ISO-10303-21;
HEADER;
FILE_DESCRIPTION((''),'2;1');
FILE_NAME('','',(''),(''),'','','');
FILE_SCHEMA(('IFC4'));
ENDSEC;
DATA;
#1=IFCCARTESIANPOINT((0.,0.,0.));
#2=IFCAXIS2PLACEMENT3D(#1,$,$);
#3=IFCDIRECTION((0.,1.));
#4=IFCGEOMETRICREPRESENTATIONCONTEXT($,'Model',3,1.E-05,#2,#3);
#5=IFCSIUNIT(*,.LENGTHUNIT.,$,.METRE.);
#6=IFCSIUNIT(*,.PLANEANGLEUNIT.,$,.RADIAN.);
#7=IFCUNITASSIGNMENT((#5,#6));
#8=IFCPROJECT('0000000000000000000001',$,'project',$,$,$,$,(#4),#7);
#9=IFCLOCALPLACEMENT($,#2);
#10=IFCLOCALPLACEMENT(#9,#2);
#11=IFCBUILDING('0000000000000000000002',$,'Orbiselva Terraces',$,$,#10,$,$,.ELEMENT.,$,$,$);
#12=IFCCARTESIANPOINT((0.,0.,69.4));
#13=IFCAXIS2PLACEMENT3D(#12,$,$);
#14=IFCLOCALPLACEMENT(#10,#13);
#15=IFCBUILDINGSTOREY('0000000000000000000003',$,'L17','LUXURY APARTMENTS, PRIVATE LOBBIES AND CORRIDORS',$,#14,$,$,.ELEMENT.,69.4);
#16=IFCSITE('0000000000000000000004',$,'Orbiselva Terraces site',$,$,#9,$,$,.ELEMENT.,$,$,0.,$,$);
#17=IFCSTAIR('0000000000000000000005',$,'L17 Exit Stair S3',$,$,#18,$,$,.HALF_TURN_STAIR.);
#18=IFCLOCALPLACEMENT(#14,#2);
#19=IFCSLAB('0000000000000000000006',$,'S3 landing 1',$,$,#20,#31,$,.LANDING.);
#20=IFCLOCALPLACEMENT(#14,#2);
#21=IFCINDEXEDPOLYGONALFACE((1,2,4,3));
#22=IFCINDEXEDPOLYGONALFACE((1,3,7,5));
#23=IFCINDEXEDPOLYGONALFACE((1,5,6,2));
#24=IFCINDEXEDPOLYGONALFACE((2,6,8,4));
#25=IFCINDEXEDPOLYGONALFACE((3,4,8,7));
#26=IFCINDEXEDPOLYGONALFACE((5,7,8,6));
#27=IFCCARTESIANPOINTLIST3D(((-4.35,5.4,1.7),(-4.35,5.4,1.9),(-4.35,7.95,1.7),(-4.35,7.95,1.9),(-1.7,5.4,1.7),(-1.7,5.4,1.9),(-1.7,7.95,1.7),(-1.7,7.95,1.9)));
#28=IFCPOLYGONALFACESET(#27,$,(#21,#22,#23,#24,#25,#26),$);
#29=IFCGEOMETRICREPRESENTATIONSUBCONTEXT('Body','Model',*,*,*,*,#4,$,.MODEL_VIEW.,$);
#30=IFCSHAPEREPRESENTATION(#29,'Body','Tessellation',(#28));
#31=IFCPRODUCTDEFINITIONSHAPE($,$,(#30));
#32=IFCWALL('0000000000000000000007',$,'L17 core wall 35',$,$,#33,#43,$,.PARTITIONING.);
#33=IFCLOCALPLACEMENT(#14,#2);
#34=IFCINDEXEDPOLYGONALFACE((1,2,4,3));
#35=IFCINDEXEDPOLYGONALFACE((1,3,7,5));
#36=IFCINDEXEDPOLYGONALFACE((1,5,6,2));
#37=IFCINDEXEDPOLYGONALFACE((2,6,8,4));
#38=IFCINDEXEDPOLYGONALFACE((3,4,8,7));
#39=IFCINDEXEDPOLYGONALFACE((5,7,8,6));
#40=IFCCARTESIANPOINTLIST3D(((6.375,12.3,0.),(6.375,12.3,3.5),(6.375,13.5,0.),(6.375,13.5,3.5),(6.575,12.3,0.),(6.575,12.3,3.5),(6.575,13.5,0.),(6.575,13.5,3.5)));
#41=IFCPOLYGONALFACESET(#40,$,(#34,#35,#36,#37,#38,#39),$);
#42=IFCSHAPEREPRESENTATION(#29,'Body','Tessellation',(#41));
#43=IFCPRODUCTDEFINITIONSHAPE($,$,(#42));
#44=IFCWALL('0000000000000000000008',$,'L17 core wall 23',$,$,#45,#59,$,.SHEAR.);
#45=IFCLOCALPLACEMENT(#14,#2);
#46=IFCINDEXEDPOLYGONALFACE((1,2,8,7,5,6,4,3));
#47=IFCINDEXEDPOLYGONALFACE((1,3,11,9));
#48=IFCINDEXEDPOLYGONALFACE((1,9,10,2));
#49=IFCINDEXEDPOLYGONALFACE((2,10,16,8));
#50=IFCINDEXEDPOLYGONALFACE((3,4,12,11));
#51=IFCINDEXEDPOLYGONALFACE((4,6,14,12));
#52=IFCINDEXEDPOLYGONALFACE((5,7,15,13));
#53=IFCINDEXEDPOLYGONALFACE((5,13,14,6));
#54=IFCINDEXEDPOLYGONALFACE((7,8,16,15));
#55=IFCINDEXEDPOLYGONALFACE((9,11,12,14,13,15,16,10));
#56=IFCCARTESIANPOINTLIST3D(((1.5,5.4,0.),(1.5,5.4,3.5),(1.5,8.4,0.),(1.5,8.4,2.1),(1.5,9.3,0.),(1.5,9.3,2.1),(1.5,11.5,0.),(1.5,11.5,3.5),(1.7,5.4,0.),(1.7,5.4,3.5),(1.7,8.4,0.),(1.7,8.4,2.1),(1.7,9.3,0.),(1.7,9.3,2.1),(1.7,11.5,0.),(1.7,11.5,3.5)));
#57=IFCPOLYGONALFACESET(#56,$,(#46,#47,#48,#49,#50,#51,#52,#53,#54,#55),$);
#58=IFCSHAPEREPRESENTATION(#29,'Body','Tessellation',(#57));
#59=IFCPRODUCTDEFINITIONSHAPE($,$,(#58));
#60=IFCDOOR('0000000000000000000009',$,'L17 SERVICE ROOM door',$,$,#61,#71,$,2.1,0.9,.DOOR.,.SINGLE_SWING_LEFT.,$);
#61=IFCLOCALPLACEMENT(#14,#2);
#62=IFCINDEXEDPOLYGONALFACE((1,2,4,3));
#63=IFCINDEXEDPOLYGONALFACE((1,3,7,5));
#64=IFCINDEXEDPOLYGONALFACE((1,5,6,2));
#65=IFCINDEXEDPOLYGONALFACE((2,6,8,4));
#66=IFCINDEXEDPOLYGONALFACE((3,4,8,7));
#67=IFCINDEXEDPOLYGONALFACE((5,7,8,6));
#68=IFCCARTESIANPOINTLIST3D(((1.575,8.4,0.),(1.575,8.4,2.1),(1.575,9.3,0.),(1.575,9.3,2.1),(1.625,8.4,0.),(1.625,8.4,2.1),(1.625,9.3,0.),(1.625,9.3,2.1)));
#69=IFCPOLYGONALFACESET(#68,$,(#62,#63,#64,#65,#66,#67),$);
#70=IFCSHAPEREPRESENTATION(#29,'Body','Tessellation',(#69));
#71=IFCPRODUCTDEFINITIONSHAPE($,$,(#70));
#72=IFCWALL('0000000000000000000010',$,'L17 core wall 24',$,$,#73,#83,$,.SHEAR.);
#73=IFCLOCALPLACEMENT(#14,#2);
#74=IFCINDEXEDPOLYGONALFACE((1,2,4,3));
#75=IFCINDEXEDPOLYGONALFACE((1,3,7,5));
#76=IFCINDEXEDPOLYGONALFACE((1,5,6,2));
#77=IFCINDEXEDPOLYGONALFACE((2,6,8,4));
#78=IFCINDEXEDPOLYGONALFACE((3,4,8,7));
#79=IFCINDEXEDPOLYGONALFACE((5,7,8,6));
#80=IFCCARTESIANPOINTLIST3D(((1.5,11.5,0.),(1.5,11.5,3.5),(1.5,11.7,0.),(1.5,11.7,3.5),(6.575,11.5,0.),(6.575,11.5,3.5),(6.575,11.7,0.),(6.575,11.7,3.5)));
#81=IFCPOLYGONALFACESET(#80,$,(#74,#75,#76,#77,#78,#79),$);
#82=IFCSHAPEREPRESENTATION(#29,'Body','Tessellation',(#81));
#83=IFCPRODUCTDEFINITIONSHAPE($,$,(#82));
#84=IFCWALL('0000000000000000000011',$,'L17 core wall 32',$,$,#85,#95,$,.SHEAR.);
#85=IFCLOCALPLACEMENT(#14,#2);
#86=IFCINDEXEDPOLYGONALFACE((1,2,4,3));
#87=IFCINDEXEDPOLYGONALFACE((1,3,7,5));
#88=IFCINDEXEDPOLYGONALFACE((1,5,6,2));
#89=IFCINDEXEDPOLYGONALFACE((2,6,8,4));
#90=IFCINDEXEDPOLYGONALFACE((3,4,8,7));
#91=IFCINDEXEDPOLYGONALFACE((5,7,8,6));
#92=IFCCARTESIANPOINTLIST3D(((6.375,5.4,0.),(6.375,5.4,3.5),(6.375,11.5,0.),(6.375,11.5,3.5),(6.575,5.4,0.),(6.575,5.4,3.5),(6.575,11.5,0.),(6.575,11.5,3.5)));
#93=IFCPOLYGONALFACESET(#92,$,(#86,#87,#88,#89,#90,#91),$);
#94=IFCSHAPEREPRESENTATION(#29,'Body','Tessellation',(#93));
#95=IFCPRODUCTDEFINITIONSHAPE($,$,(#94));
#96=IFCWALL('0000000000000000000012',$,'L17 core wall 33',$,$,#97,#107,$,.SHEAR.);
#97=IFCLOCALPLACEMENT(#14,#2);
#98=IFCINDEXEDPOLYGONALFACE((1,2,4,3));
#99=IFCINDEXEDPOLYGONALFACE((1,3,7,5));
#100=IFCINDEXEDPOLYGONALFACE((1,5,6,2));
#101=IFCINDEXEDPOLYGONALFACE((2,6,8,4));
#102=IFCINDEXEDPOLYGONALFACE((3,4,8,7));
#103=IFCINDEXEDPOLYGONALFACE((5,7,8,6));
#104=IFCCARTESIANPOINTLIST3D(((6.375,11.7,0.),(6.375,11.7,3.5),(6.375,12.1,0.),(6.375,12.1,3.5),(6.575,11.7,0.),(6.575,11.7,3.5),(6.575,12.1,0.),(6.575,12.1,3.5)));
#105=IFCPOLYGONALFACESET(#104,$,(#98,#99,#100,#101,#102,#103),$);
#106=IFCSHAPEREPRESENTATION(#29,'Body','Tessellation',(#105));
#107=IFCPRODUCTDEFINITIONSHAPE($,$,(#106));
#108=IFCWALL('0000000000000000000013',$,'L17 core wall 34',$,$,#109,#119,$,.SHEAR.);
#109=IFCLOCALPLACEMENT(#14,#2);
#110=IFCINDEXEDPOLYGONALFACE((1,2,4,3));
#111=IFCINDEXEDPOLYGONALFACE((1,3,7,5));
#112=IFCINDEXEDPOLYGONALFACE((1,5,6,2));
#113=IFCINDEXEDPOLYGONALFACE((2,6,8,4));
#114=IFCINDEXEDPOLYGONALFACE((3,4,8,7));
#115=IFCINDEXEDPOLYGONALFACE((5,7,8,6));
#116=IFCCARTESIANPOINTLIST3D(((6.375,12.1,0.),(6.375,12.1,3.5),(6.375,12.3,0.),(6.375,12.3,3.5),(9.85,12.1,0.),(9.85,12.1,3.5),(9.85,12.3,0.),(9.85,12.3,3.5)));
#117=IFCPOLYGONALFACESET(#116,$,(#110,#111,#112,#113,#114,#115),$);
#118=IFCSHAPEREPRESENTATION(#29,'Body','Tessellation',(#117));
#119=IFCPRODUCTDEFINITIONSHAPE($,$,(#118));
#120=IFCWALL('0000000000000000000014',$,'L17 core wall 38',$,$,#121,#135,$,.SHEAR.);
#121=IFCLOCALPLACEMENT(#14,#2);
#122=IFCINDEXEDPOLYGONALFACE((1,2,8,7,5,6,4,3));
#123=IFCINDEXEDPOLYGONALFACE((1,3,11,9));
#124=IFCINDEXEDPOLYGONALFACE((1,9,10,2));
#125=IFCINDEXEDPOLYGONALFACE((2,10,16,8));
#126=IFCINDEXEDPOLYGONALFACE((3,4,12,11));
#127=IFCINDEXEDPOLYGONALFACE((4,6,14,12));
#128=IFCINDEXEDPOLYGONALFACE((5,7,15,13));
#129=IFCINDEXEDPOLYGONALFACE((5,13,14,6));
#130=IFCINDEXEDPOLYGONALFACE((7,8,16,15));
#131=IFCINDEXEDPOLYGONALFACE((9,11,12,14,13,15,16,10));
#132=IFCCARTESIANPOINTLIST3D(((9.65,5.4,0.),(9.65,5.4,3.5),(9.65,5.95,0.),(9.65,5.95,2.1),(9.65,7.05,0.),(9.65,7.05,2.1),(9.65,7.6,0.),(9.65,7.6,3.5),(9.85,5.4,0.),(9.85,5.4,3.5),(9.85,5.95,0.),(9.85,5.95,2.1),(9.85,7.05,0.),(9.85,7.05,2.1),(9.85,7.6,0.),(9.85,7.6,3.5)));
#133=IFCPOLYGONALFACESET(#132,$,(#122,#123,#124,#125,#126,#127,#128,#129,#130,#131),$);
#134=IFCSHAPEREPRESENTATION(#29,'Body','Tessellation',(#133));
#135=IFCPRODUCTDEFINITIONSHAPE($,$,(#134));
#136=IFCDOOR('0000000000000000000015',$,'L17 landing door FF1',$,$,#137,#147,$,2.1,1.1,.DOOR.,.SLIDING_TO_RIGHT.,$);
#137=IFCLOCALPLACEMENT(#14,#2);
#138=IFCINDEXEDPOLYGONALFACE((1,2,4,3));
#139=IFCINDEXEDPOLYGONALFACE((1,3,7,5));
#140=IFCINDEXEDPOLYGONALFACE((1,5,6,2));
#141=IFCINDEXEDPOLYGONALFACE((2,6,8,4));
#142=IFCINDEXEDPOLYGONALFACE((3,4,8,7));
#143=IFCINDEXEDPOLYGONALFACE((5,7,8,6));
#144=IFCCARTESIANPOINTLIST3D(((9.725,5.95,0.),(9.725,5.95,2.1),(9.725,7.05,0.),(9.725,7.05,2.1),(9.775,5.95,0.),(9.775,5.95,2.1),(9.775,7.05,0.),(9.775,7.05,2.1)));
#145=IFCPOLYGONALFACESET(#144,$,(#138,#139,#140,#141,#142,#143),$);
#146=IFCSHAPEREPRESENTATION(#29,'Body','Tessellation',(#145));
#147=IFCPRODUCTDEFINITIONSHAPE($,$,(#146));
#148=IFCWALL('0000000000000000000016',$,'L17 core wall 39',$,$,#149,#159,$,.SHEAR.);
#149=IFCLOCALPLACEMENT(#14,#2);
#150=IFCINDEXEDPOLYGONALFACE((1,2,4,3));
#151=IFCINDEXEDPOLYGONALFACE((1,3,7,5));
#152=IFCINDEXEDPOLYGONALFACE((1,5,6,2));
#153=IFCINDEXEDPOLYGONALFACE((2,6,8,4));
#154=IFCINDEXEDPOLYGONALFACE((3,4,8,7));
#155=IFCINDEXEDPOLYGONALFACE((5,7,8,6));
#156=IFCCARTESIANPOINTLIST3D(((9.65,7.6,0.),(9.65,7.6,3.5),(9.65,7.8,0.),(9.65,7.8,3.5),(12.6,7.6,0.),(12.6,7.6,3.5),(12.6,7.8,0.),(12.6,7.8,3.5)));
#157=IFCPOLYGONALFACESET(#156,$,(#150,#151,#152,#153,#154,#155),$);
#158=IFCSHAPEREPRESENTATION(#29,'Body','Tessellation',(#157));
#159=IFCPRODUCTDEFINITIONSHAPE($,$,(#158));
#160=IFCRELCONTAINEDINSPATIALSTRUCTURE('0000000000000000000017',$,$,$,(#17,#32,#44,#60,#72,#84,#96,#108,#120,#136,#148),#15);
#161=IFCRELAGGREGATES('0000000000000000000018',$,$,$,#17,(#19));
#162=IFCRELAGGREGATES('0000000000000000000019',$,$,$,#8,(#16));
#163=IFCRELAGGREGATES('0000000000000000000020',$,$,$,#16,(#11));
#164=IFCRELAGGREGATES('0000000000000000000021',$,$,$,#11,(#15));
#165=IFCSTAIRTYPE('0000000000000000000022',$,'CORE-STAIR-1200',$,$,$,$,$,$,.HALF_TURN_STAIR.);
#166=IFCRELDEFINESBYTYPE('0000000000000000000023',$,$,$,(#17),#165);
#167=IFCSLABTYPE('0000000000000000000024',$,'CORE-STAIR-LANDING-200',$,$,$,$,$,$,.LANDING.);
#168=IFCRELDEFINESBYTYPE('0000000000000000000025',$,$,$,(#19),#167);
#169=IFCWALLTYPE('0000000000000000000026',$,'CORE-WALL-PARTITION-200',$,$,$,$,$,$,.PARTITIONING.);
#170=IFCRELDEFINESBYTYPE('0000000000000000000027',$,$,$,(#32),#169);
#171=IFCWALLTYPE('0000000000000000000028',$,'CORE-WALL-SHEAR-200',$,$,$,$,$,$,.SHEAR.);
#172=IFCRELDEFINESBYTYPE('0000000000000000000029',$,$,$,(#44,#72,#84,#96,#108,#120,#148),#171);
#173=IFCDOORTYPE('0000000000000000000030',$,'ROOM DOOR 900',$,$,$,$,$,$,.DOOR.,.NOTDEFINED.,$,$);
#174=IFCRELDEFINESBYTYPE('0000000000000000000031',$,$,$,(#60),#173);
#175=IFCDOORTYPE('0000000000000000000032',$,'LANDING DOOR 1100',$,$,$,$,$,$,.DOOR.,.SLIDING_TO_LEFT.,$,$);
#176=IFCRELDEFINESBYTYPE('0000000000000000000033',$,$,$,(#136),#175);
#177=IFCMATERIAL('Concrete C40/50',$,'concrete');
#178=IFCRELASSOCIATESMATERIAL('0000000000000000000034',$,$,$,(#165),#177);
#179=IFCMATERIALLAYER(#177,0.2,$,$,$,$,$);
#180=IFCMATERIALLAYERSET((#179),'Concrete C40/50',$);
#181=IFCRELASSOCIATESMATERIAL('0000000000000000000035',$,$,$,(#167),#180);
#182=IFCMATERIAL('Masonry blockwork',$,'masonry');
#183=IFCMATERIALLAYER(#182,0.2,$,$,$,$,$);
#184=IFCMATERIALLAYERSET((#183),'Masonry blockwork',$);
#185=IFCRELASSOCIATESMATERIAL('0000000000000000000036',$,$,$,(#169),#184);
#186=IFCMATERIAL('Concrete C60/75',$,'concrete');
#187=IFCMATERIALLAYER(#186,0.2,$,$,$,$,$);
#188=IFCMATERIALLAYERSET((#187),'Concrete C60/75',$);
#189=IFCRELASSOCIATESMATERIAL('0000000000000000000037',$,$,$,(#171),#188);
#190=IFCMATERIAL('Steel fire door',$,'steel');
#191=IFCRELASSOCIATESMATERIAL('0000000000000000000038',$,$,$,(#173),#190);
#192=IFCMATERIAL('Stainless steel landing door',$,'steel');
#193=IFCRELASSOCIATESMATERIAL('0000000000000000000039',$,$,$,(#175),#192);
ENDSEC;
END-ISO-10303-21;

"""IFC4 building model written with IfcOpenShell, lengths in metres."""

from ifc_helpers import new_model, si_unit, direction, frame, frame_2d, origin, place, context, subcontext, project, spatial, polyline, rectangle, outline, extrude, material, layer, layer_set, type_object, element, fill, aggregate, save


model = new_model("IFC4")

# Units and contexts
model_context = context("Model", 3, precision=1e-05, world=origin(), true_north=direction((0.0, 1.0)))
body_context = subcontext(model_context, "Body", "Model", "MODEL_VIEW")
ifc_project = project(units=[si_unit("LENGTHUNIT", "METRE"), si_unit("PLANEANGLEUNIT", "RADIAN")], contexts=[model_context])

# Site, building, storey
site_placement = place(None, origin())
site = spatial("IfcSite", under=ifc_project, at=site_placement, Name="Orbiselva Terraces site", CompositionType="ELEMENT", RefElevation=0.0)
building_placement = place(site_placement, origin())
building = spatial("IfcBuilding", under=site, at=building_placement, Name="Orbiselva Terraces", CompositionType="ELEMENT")
storey_placement = place(building_placement, frame((0.0, 0.0, 69.4)))
storey = spatial("IfcBuildingStorey", under=building, at=storey_placement, Name="L17", Description="LUXURY APARTMENTS, PRIVATE LOBBIES AND CORRIDORS", CompositionType="ELEMENT", Elevation=69.4)

# Stair, slab
ifc_material_1 = material(Name="Concrete C40/50", Category="concrete")
stair_type = type_object("IfcStairType", Name="CORE-STAIR-1200", PredefinedType="HALF_TURN_STAIR", material=ifc_material_1)
stair_placement = place(storey_placement, origin())
stair = element("IfcStair", 1, at=stair_placement, inside=storey, type_object=stair_type, Name="L17 Exit Stair S3", PredefinedType="HALF_TURN_STAIR")
ifc_layer_1 = layer(ifc_material_1, 0.2)
ifc_layer_set_1 = layer_set([ifc_layer_1], Name="Concrete C40/50")
slab_type = type_object("IfcSlabType", Name="CORE-STAIR-LANDING-200", PredefinedType="LANDING", material=ifc_layer_set_1)
slab_placement = place(storey_placement, frame((0.0, 0.0, 1.7)))
slab = element("IfcSlab", 2, at=slab_placement, type_object=slab_type, Name="S3 landing 1", PredefinedType="LANDING", context=body_context, shape_type="SweptSolid", body=[
    extrude(outline(polyline([(-4.35, 5.4), (-1.7, 5.4), (-1.7, 7.95), (-4.35, 7.95), (-4.35, 5.4)])), origin(), (0.0, 0.0, 1.0), 0.2),
])
aggregate(stair, [slab])

# Wall
ifc_material_2 = material(Name="Masonry blockwork", Category="masonry")
ifc_layer_2 = layer(ifc_material_2, 0.2)
ifc_layer_set_2 = layer_set([ifc_layer_2], Name="Masonry blockwork")
wall_type_1 = type_object("IfcWallType", Name="CORE-WALL-PARTITION-200", PredefinedType="PARTITIONING", material=ifc_layer_set_2)
wall_1_placement = place(storey_placement, frame((6.475, 12.3, 0.0), z_axis=(0.0, 0.0, 1.0), x_axis=(0.0, 1.0, 0.0)))
element("IfcWall", 3, at=wall_1_placement, inside=storey, type_object=wall_type_1, Name="L17 core wall 35", PredefinedType="PARTITIONING", context=body_context, shape_type="SweptSolid", body=[
    extrude(rectangle(XDim=1.2, YDim=0.2, at=frame_2d((0.6, 0.0))), origin(), (0.0, 0.0, 1.0), 3.5),
])

# Wall, opening, door
ifc_material_3 = material(Name="Concrete C60/75", Category="concrete")
ifc_layer_3 = layer(ifc_material_3, 0.2)
ifc_layer_set_3 = layer_set([ifc_layer_3], Name="Concrete C60/75")
wall_type_2 = type_object("IfcWallType", Name="CORE-WALL-SHEAR-200", PredefinedType="SHEAR", material=ifc_layer_set_3)
wall_2_placement = place(storey_placement, frame((1.6, 11.5, 0.0), z_axis=(0.0, 0.0, 1.0), x_axis=(0.0, -1.0, 0.0)))
wall_2 = element("IfcWall", 4, at=wall_2_placement, inside=storey, type_object=wall_type_2, Name="L17 core wall 23", PredefinedType="SHEAR", context=body_context, shape_type="SweptSolid", body=[
    extrude(rectangle(XDim=6.1, YDim=0.2, at=frame_2d((3.05, 0.0))), origin(), (0.0, 0.0, 1.0), 3.5),
])
opening_1_placement = place(wall_2_placement, frame((2.2, 0.0, 0.0)))
opening_1 = element("IfcOpeningElement", 5, at=opening_1_placement, cuts=wall_2, PredefinedType="OPENING", context=body_context, shape_type="SweptSolid", body=[
    extrude(rectangle(XDim=0.9, YDim=2.1, at=frame_2d((0.45, 1.05))), frame((0.0, 0.11, 0.0), z_axis=(0.0, -1.0, 0.0), x_axis=(1.0, 0.0, 0.0)), (0.0, 0.0, 1.0), 0.22),
])
ifc_material_4 = material(Name="Steel fire door", Category="steel")
door_type_1 = type_object("IfcDoorType", Name="ROOM DOOR 900", OperationType="NOTDEFINED", PredefinedType="DOOR", material=ifc_material_4)
door_1_placement = place(opening_1_placement, origin())
door_1 = element("IfcDoor", 6, at=door_1_placement, inside=storey, type_object=door_type_1, Name="L17 SERVICE ROOM door", OperationType="SINGLE_SWING_LEFT", OverallHeight=2.1, OverallWidth=0.9, PredefinedType="DOOR", context=body_context, shape_type="SweptSolid", body=[
    extrude(rectangle(XDim=0.9, YDim=2.1, at=frame_2d((0.45, 1.05))), frame((0.0, 0.025, 0.0), z_axis=(0.0, -1.0, 0.0), x_axis=(1.0, 0.0, 0.0)), (0.0, 0.0, 1.0), 0.05),
])
fill(opening_1, door_1)

# Walls
wall_3_placement = place(storey_placement, frame((1.5, 11.6, 0.0), z_axis=(0.0, 0.0, 1.0), x_axis=(1.0, 0.0, 0.0)))
element("IfcWall", 7, at=wall_3_placement, inside=storey, type_object=wall_type_2, Name="L17 core wall 24", PredefinedType="SHEAR", context=body_context, shape_type="SweptSolid", body=[
    extrude(rectangle(XDim=5.075, YDim=0.2, at=frame_2d((2.5375, 0.0))), origin(), (0.0, 0.0, 1.0), 3.5),
])
wall_4_placement = place(storey_placement, frame((6.475, 5.4, 0.0), z_axis=(0.0, 0.0, 1.0), x_axis=(0.0, 1.0, 0.0)))
element("IfcWall", 8, at=wall_4_placement, inside=storey, type_object=wall_type_2, Name="L17 core wall 32", PredefinedType="SHEAR", context=body_context, shape_type="SweptSolid", body=[
    extrude(rectangle(XDim=6.1, YDim=0.2, at=frame_2d((3.05, 0.0))), origin(), (0.0, 0.0, 1.0), 3.5),
])
wall_5_placement = place(storey_placement, frame((6.475, 11.7, 0.0), z_axis=(0.0, 0.0, 1.0), x_axis=(0.0, 1.0, 0.0)))
element("IfcWall", 9, at=wall_5_placement, inside=storey, type_object=wall_type_2, Name="L17 core wall 33", PredefinedType="SHEAR", context=body_context, shape_type="SweptSolid", body=[
    extrude(rectangle(XDim=0.4, YDim=0.2, at=frame_2d((0.2, 0.0))), origin(), (0.0, 0.0, 1.0), 3.5),
])
wall_6_placement = place(storey_placement, frame((6.375, 12.2, 0.0), z_axis=(0.0, 0.0, 1.0), x_axis=(1.0, 0.0, 0.0)))
element("IfcWall", 10, at=wall_6_placement, inside=storey, type_object=wall_type_2, Name="L17 core wall 34", PredefinedType="SHEAR", context=body_context, shape_type="SweptSolid", body=[
    extrude(rectangle(XDim=3.475, YDim=0.2, at=frame_2d((1.7375, 0.0))), origin(), (0.0, 0.0, 1.0), 3.5),
])

# Wall, opening, door
wall_7_placement = place(storey_placement, frame((9.75, 5.4, 0.0), z_axis=(0.0, 0.0, 1.0), x_axis=(0.0, 1.0, 0.0)))
wall_7 = element("IfcWall", 11, at=wall_7_placement, inside=storey, type_object=wall_type_2, Name="L17 core wall 38", PredefinedType="SHEAR", context=body_context, shape_type="SweptSolid", body=[
    extrude(rectangle(XDim=2.2, YDim=0.2, at=frame_2d((1.1, 0.0))), origin(), (0.0, 0.0, 1.0), 3.5),
])
opening_2_placement = place(wall_7_placement, frame((0.55, 0.0, 0.0)))
opening_2 = element("IfcOpeningElement", 12, at=opening_2_placement, cuts=wall_7, PredefinedType="OPENING", context=body_context, shape_type="SweptSolid", body=[
    extrude(rectangle(XDim=1.1, YDim=2.1, at=frame_2d((0.55, 1.05))), frame((0.0, 0.11, 0.0), z_axis=(0.0, -1.0, 0.0), x_axis=(1.0, 0.0, 0.0)), (0.0, 0.0, 1.0), 0.22),
])
ifc_material_5 = material(Name="Stainless steel landing door", Category="steel")
door_type_2 = type_object("IfcDoorType", Name="LANDING DOOR 1100", OperationType="SLIDING_TO_LEFT", PredefinedType="DOOR", material=ifc_material_5)
door_2_placement = place(opening_2_placement, origin())
door_2 = element("IfcDoor", 13, at=door_2_placement, inside=storey, type_object=door_type_2, Name="L17 landing door FF1", OperationType="SLIDING_TO_RIGHT", OverallHeight=2.1, OverallWidth=1.1, PredefinedType="DOOR", context=body_context, shape_type="SweptSolid", body=[
    extrude(rectangle(XDim=1.1, YDim=2.1, at=frame_2d((0.55, 1.05))), frame((0.0, 0.025, 0.0), z_axis=(0.0, -1.0, 0.0), x_axis=(1.0, 0.0, 0.0)), (0.0, 0.0, 1.0), 0.05),
])
fill(opening_2, door_2)

# Wall
wall_8_placement = place(storey_placement, frame((9.65, 7.7, 0.0), z_axis=(0.0, 0.0, 1.0), x_axis=(1.0, 0.0, 0.0)))
element("IfcWall", 14, at=wall_8_placement, inside=storey, type_object=wall_type_2, Name="L17 core wall 39", PredefinedType="SHEAR", context=body_context, shape_type="SweptSolid", body=[
    extrude(rectangle(XDim=2.95, YDim=0.2, at=frame_2d((1.475, 0.0))), origin(), (0.0, 0.0, 1.0), 3.5),
])

save(model, "model.ifc")
